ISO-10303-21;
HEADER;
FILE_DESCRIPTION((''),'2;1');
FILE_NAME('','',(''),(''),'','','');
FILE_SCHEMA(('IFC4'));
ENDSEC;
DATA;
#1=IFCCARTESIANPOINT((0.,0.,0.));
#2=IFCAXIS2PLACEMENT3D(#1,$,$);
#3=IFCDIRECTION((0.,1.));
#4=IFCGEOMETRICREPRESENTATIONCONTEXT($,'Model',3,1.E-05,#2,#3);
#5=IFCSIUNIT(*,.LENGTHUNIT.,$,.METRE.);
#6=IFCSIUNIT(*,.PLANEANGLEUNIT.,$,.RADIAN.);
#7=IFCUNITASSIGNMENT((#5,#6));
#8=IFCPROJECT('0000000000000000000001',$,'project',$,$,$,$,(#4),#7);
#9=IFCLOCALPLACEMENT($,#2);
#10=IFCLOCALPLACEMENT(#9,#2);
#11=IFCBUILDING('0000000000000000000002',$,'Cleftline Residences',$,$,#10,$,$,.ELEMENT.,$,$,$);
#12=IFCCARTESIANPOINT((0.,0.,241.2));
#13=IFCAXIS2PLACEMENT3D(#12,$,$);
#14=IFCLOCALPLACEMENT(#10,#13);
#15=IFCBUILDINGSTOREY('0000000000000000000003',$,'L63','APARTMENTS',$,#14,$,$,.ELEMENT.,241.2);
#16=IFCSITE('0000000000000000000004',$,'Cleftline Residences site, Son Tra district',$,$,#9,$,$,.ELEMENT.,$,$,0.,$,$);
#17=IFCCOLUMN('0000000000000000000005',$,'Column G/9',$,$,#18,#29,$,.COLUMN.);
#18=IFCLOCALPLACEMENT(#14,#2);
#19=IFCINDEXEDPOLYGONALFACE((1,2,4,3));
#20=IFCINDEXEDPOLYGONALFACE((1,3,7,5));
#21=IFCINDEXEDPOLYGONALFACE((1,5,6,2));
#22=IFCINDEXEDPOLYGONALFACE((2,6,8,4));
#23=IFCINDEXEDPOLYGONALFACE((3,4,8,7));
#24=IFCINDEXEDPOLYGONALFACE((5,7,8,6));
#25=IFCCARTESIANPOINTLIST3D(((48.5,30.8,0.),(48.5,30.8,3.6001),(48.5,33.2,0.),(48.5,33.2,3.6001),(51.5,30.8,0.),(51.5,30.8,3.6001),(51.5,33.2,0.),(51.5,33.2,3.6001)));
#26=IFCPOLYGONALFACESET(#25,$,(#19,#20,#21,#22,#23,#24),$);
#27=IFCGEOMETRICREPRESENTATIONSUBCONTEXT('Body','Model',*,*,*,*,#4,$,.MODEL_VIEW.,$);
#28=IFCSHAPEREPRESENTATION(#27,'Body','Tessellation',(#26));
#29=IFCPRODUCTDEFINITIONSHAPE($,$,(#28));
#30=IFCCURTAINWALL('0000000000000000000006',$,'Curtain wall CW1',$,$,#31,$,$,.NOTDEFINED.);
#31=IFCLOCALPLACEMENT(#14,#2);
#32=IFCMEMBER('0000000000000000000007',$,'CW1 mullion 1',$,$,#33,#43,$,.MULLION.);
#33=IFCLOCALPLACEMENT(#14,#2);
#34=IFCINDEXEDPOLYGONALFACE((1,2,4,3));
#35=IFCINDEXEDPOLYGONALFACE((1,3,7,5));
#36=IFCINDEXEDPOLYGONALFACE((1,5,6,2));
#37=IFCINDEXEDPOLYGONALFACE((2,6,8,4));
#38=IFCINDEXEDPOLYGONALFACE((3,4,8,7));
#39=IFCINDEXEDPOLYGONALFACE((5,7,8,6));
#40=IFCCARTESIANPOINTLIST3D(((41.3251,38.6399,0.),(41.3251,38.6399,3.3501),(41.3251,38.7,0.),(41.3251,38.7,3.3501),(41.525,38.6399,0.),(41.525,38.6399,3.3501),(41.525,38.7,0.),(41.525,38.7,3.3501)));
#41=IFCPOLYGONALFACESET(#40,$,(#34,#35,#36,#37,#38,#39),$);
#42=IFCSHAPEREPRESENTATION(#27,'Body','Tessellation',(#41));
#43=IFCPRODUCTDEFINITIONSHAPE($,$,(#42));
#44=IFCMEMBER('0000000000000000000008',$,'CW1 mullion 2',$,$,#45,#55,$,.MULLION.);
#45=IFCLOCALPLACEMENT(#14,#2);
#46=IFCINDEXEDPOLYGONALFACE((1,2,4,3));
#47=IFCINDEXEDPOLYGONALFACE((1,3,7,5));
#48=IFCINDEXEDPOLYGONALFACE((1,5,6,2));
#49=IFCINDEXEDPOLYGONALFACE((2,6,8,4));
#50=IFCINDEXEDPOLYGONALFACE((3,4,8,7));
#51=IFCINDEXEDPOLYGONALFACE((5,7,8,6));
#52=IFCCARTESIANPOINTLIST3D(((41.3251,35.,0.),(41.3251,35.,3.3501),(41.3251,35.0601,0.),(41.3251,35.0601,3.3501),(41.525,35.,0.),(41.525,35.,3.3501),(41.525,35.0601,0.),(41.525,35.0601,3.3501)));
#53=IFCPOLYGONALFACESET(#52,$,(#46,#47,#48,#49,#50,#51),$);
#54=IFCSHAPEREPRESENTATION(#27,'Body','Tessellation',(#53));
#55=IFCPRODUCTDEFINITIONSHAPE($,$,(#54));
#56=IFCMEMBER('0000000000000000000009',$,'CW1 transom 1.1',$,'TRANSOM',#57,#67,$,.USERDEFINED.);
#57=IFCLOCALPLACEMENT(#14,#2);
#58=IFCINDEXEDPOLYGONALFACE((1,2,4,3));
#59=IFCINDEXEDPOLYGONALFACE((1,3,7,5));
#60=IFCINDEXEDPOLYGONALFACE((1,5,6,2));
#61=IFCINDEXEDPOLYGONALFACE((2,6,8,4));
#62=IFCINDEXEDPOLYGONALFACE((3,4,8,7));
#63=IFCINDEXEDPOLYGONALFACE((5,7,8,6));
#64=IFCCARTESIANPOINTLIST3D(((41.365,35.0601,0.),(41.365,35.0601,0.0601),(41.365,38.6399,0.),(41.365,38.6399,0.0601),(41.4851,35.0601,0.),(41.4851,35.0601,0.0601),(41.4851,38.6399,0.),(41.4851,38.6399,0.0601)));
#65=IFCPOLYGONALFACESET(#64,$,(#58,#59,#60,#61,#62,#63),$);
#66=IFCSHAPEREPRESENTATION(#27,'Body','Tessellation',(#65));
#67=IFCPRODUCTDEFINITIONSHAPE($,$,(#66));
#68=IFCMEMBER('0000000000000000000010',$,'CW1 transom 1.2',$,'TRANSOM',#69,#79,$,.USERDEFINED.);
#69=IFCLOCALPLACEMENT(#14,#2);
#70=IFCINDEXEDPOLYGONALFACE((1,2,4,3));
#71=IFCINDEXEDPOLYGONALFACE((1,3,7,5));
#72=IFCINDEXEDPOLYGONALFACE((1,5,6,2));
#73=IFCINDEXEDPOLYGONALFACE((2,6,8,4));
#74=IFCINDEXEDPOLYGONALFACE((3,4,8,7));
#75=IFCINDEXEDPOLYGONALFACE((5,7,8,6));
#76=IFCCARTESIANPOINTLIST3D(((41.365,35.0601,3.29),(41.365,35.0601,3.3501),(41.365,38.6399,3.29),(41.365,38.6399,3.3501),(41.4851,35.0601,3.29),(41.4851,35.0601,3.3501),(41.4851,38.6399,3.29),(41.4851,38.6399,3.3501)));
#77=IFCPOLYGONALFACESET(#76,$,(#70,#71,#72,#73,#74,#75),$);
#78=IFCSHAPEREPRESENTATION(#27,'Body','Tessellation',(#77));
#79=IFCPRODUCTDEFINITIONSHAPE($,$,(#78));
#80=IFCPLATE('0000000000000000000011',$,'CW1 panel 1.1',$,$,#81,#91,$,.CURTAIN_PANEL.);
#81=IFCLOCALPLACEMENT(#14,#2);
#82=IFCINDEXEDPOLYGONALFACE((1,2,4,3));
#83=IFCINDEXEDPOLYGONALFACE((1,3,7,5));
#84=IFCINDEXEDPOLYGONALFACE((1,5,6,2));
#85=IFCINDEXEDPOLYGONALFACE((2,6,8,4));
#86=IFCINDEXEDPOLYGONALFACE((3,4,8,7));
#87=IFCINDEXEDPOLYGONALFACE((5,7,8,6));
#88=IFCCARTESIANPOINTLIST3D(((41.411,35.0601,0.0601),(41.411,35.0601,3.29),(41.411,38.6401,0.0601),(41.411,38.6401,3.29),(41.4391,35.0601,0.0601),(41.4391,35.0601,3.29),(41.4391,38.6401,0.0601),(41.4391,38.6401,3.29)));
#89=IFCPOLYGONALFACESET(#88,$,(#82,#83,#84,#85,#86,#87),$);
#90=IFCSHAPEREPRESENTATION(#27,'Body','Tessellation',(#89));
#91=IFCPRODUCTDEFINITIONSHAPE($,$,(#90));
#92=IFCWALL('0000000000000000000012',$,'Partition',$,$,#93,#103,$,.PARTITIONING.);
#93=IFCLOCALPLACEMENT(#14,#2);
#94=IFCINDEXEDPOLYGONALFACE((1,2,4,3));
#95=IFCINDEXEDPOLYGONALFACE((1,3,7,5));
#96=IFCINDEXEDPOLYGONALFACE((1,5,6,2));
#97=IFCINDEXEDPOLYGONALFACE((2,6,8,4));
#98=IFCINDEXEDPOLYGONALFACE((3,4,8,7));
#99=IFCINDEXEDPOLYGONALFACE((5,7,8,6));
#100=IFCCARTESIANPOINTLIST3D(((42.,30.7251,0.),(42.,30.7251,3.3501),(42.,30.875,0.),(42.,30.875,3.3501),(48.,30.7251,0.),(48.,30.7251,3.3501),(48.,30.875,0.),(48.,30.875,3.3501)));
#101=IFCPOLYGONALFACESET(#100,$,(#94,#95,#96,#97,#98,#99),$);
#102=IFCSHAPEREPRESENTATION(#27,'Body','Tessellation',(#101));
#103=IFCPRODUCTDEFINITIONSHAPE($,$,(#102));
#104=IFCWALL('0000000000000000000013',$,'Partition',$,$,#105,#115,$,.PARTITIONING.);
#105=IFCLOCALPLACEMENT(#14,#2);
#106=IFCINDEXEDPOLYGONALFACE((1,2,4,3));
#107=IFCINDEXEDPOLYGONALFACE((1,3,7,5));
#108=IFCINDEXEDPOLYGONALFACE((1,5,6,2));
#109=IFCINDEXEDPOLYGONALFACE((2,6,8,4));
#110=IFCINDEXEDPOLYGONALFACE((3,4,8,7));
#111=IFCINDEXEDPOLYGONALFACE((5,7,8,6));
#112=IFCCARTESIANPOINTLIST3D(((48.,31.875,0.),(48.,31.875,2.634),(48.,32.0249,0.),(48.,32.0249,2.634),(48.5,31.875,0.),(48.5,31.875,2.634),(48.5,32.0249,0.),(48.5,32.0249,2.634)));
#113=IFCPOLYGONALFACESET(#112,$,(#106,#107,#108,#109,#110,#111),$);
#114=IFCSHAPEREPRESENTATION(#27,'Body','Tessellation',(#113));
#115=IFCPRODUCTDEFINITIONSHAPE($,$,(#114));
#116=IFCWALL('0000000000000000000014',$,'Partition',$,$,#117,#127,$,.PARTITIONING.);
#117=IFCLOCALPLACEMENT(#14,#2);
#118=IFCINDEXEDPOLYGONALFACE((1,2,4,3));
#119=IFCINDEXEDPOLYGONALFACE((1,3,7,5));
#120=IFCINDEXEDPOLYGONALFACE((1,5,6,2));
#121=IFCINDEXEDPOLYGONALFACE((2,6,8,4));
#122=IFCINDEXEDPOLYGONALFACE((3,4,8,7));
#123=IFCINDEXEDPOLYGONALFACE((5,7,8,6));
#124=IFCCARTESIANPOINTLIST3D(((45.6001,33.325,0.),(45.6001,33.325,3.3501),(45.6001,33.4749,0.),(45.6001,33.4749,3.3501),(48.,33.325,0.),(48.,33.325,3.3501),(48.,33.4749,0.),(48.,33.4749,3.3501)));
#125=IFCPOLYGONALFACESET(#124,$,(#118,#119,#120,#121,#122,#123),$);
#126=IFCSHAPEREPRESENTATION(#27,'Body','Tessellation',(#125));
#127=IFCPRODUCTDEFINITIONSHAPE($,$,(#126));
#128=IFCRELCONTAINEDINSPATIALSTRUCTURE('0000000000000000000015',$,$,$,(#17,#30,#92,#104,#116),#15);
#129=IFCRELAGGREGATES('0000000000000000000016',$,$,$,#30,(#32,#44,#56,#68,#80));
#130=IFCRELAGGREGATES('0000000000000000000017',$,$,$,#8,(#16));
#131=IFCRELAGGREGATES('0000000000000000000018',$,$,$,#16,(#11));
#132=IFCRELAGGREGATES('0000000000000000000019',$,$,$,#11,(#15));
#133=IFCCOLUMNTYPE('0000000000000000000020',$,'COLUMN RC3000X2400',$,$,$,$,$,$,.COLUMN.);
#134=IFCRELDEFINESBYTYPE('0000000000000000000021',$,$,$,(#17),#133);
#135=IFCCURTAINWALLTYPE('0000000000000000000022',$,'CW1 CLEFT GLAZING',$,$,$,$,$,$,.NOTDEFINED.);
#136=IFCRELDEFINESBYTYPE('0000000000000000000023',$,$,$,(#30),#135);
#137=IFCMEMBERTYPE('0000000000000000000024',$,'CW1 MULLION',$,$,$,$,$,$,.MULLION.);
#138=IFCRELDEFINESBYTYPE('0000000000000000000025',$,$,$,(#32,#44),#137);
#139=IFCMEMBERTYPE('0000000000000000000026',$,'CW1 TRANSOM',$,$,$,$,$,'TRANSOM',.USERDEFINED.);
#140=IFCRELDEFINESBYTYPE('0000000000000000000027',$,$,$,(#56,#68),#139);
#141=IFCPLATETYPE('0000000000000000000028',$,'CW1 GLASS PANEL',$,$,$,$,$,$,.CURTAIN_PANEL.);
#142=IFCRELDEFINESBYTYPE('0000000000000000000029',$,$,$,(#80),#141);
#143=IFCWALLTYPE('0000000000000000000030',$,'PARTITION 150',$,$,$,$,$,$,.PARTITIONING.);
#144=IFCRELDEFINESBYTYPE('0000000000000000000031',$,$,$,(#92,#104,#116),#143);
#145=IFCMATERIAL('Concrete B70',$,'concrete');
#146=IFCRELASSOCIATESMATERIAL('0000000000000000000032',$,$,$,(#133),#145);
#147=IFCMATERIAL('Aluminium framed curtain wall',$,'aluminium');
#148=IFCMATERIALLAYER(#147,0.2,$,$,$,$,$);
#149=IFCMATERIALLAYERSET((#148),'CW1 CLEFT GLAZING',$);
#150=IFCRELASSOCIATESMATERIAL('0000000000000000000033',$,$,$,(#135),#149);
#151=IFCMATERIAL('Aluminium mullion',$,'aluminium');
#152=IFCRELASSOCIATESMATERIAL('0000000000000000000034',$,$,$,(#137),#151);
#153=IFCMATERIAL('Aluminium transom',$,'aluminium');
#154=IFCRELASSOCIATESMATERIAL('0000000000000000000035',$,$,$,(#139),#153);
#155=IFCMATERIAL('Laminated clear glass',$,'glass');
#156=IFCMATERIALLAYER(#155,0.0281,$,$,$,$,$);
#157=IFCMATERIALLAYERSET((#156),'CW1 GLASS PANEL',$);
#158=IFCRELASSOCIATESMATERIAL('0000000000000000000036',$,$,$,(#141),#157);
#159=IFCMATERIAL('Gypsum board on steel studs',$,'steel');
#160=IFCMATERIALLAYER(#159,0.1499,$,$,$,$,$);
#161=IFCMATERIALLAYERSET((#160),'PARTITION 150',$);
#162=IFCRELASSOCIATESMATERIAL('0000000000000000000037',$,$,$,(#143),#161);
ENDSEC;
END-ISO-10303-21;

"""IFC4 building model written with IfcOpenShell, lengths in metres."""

from ifc_helpers import new_model, si_unit, direction, frame, frame_2d, origin, origin_2d, place, context, subcontext, project, spatial, rectangle, extrude, material, layer, layer_set, material_profile, profile_set, type_object, element, aggregate, save


model = new_model("IFC4")

# Units and contexts
model_context = context("Model", 3, precision=1e-05, world=origin(), true_north=direction((0.0, 1.0)))
body_context = subcontext(model_context, "Body", "Model", "MODEL_VIEW")
ifc_project = project(units=[si_unit("LENGTHUNIT", "METRE"), si_unit("PLANEANGLEUNIT", "RADIAN")], contexts=[model_context])

# Site, building, storey
site_placement = place(None, origin())
site = spatial("IfcSite", under=ifc_project, at=site_placement, Name="Cleftline Residences site, Son Tra district", CompositionType="ELEMENT", RefElevation=0.0)
building_placement = place(site_placement, origin())
building = spatial("IfcBuilding", under=site, at=building_placement, Name="Cleftline Residences", CompositionType="ELEMENT")
storey_placement = place(building_placement, frame((0.0, 0.0, 241.2)))
storey = spatial("IfcBuildingStorey", under=building, at=storey_placement, Name="L63", Description="APARTMENTS", CompositionType="ELEMENT", Elevation=241.2)

# Column
ifc_material_1 = material(Name="Concrete B70", Category="concrete")
ifc_material_profile_1 = material_profile(ifc_material_1, rectangle(XDim=3.0, YDim=2.3999, at=origin_2d()))
ifc_profile_set_1 = profile_set([ifc_material_profile_1], Name="Concrete B70")
column_type = type_object("IfcColumnType", Name="COLUMN RC3000X2400", PredefinedType="COLUMN", material=ifc_profile_set_1)
column_placement = place(storey_placement, frame((50.0, 32.0, 0.0), z_axis=(0.0, 0.0, 1.0), x_axis=(1.0, 0.0, 0.0)))
element("IfcColumn", 1, at=column_placement, inside=storey, type_object=column_type, Name="Column G/9", PredefinedType="COLUMN", context=body_context, shape_type="SweptSolid", body=[
    extrude(rectangle(XDim=3.0, YDim=2.3999, at=origin_2d()), origin(), (0.0, 0.0, 1.0), 3.6001),
])

# Curtain wall, members, plate
ifc_material_2 = material(Name="Aluminium framed curtain wall", Category="aluminium")
ifc_layer_1 = layer(ifc_material_2, 0.2)
ifc_layer_set_1 = layer_set([ifc_layer_1], Name="CW1 CLEFT GLAZING")
curtain_wall_type = type_object("IfcCurtainWallType", Name="CW1 CLEFT GLAZING", PredefinedType="NOTDEFINED", material=ifc_layer_set_1)
curtain_wall_placement = place(storey_placement, origin())
curtain_wall = element("IfcCurtainWall", 2, at=curtain_wall_placement, inside=storey, type_object=curtain_wall_type, Name="Curtain wall CW1", PredefinedType="NOTDEFINED")
ifc_material_3 = material(Name="Aluminium mullion", Category="aluminium")
ifc_material_profile_2 = material_profile(ifc_material_3, rectangle(XDim=0.2, YDim=0.0601, at=origin_2d()))
ifc_profile_set_2 = profile_set([ifc_material_profile_2], Name="Aluminium mullion")
member_type_1 = type_object("IfcMemberType", Name="CW1 MULLION", PredefinedType="MULLION", material=ifc_profile_set_2)
member_1_placement = place(storey_placement, frame((41.425, 38.6699, 0.0), z_axis=(0.0, 0.0, 1.0), x_axis=(1.0, 0.0, 0.0)))
member_1 = element("IfcMember", 3, at=member_1_placement, type_object=member_type_1, Name="CW1 mullion 1", PredefinedType="MULLION", context=body_context, shape_type="SweptSolid", body=[
    extrude(rectangle(XDim=0.2, YDim=0.0601, at=origin_2d()), origin(), (0.0, 0.0, 1.0), 3.3501),
])
member_2_placement = place(storey_placement, frame((41.425, 35.03, 0.0), z_axis=(0.0, 0.0, 1.0), x_axis=(1.0, 0.0, 0.0)))
member_2 = element("IfcMember", 4, at=member_2_placement, type_object=member_type_1, Name="CW1 mullion 2", PredefinedType="MULLION", context=body_context, shape_type="SweptSolid", body=[
    extrude(rectangle(XDim=0.2, YDim=0.0601, at=origin_2d()), origin(), (0.0, 0.0, 1.0), 3.3501),
])
ifc_material_4 = material(Name="Aluminium transom", Category="aluminium")
ifc_material_profile_3 = material_profile(ifc_material_4, rectangle(XDim=0.1201, YDim=0.0601, at=origin_2d()))
ifc_profile_set_3 = profile_set([ifc_material_profile_3], Name="Aluminium transom")
member_type_2 = type_object("IfcMemberType", Name="CW1 TRANSOM", ElementType="TRANSOM", PredefinedType="USERDEFINED", material=ifc_profile_set_3)
member_3_placement = place(storey_placement, frame((41.425, 38.6399, 0.03), z_axis=(0.0, -1.0, 0.0), x_axis=(1.0, 0.0, 0.0)))
member_3 = element("IfcMember", 5, at=member_3_placement, type_object=member_type_2, Name="CW1 transom 1.1", ObjectType="TRANSOM", PredefinedType="USERDEFINED", context=body_context, shape_type="SweptSolid", body=[
    extrude(rectangle(XDim=0.1201, YDim=0.0601, at=origin_2d()), origin(), (0.0, 0.0, 1.0), 3.5798),
])
member_4_placement = place(storey_placement, frame((41.425, 38.6399, 3.3201), z_axis=(0.0, -1.0, 0.0), x_axis=(1.0, 0.0, 0.0)))
member_4 = element("IfcMember", 6, at=member_4_placement, type_object=member_type_2, Name="CW1 transom 1.2", ObjectType="TRANSOM", PredefinedType="USERDEFINED", context=body_context, shape_type="SweptSolid", body=[
    extrude(rectangle(XDim=0.1201, YDim=0.0601, at=origin_2d()), origin(), (0.0, 0.0, 1.0), 3.5798),
])
ifc_material_5 = material(Name="Laminated clear glass", Category="glass")
ifc_layer_2 = layer(ifc_material_5, 0.0281)
ifc_layer_set_2 = layer_set([ifc_layer_2], Name="CW1 GLASS PANEL")
plate_type = type_object("IfcPlateType", Name="CW1 GLASS PANEL", PredefinedType="CURTAIN_PANEL", material=ifc_layer_set_2)
plate_placement = place(storey_placement, frame((41.425, 36.8501, 0.0601), z_axis=(0.0, 0.0, 1.0), x_axis=(0.0, -1.0, 0.0)))
plate = element("IfcPlate", 7, at=plate_placement, type_object=plate_type, Name="CW1 panel 1.1", PredefinedType="CURTAIN_PANEL", context=body_context, shape_type="SweptSolid", body=[
    extrude(rectangle(XDim=3.5801, YDim=0.0281, at=origin_2d()), origin(), (0.0, 0.0, 1.0), 3.23),
])
aggregate(curtain_wall, [member_1, member_2, member_3, member_4, plate])

# Walls
ifc_material_6 = material(Name="Gypsum board on steel studs", Category="steel")
ifc_layer_3 = layer(ifc_material_6, 0.1499)
ifc_layer_set_3 = layer_set([ifc_layer_3], Name="PARTITION 150")
wall_type = type_object("IfcWallType", Name="PARTITION 150", PredefinedType="PARTITIONING", material=ifc_layer_set_3)
wall_1_placement = place(storey_placement, frame((42.0, 30.8, 0.0), z_axis=(0.0, 0.0, 1.0), x_axis=(1.0, 0.0, 0.0)))
element("IfcWall", 8, at=wall_1_placement, inside=storey, type_object=wall_type, Name="Partition", PredefinedType="PARTITIONING", context=body_context, shape_type="SweptSolid", body=[
    extrude(rectangle(XDim=6.0, YDim=0.1499, at=frame_2d((3.0, 0.0))), origin(), (0.0, 0.0, 1.0), 3.3501),
])
wall_2_placement = place(storey_placement, frame((48.0, 31.95, 0.0), z_axis=(0.0, 0.0, 1.0), x_axis=(1.0, 0.0, 0.0)))
element("IfcWall", 9, at=wall_2_placement, inside=storey, type_object=wall_type, Name="Partition", PredefinedType="PARTITIONING", context=body_context, shape_type="SweptSolid", body=[
    extrude(rectangle(XDim=0.5, YDim=0.1499, at=frame_2d((0.25, 0.0))), origin(), (0.0, 0.0, 1.0), 2.634),
])
wall_3_placement = place(storey_placement, frame((45.6001, 33.3999, 0.0), z_axis=(0.0, 0.0, 1.0), x_axis=(1.0, 0.0, 0.0)))
element("IfcWall", 10, at=wall_3_placement, inside=storey, type_object=wall_type, Name="Partition", PredefinedType="PARTITIONING", context=body_context, shape_type="SweptSolid", body=[
    extrude(rectangle(XDim=2.3999, YDim=0.1499, at=frame_2d((1.2, 0.0))), origin(), (0.0, 0.0, 1.0), 3.3501),
])

save(model, "model.ifc")
